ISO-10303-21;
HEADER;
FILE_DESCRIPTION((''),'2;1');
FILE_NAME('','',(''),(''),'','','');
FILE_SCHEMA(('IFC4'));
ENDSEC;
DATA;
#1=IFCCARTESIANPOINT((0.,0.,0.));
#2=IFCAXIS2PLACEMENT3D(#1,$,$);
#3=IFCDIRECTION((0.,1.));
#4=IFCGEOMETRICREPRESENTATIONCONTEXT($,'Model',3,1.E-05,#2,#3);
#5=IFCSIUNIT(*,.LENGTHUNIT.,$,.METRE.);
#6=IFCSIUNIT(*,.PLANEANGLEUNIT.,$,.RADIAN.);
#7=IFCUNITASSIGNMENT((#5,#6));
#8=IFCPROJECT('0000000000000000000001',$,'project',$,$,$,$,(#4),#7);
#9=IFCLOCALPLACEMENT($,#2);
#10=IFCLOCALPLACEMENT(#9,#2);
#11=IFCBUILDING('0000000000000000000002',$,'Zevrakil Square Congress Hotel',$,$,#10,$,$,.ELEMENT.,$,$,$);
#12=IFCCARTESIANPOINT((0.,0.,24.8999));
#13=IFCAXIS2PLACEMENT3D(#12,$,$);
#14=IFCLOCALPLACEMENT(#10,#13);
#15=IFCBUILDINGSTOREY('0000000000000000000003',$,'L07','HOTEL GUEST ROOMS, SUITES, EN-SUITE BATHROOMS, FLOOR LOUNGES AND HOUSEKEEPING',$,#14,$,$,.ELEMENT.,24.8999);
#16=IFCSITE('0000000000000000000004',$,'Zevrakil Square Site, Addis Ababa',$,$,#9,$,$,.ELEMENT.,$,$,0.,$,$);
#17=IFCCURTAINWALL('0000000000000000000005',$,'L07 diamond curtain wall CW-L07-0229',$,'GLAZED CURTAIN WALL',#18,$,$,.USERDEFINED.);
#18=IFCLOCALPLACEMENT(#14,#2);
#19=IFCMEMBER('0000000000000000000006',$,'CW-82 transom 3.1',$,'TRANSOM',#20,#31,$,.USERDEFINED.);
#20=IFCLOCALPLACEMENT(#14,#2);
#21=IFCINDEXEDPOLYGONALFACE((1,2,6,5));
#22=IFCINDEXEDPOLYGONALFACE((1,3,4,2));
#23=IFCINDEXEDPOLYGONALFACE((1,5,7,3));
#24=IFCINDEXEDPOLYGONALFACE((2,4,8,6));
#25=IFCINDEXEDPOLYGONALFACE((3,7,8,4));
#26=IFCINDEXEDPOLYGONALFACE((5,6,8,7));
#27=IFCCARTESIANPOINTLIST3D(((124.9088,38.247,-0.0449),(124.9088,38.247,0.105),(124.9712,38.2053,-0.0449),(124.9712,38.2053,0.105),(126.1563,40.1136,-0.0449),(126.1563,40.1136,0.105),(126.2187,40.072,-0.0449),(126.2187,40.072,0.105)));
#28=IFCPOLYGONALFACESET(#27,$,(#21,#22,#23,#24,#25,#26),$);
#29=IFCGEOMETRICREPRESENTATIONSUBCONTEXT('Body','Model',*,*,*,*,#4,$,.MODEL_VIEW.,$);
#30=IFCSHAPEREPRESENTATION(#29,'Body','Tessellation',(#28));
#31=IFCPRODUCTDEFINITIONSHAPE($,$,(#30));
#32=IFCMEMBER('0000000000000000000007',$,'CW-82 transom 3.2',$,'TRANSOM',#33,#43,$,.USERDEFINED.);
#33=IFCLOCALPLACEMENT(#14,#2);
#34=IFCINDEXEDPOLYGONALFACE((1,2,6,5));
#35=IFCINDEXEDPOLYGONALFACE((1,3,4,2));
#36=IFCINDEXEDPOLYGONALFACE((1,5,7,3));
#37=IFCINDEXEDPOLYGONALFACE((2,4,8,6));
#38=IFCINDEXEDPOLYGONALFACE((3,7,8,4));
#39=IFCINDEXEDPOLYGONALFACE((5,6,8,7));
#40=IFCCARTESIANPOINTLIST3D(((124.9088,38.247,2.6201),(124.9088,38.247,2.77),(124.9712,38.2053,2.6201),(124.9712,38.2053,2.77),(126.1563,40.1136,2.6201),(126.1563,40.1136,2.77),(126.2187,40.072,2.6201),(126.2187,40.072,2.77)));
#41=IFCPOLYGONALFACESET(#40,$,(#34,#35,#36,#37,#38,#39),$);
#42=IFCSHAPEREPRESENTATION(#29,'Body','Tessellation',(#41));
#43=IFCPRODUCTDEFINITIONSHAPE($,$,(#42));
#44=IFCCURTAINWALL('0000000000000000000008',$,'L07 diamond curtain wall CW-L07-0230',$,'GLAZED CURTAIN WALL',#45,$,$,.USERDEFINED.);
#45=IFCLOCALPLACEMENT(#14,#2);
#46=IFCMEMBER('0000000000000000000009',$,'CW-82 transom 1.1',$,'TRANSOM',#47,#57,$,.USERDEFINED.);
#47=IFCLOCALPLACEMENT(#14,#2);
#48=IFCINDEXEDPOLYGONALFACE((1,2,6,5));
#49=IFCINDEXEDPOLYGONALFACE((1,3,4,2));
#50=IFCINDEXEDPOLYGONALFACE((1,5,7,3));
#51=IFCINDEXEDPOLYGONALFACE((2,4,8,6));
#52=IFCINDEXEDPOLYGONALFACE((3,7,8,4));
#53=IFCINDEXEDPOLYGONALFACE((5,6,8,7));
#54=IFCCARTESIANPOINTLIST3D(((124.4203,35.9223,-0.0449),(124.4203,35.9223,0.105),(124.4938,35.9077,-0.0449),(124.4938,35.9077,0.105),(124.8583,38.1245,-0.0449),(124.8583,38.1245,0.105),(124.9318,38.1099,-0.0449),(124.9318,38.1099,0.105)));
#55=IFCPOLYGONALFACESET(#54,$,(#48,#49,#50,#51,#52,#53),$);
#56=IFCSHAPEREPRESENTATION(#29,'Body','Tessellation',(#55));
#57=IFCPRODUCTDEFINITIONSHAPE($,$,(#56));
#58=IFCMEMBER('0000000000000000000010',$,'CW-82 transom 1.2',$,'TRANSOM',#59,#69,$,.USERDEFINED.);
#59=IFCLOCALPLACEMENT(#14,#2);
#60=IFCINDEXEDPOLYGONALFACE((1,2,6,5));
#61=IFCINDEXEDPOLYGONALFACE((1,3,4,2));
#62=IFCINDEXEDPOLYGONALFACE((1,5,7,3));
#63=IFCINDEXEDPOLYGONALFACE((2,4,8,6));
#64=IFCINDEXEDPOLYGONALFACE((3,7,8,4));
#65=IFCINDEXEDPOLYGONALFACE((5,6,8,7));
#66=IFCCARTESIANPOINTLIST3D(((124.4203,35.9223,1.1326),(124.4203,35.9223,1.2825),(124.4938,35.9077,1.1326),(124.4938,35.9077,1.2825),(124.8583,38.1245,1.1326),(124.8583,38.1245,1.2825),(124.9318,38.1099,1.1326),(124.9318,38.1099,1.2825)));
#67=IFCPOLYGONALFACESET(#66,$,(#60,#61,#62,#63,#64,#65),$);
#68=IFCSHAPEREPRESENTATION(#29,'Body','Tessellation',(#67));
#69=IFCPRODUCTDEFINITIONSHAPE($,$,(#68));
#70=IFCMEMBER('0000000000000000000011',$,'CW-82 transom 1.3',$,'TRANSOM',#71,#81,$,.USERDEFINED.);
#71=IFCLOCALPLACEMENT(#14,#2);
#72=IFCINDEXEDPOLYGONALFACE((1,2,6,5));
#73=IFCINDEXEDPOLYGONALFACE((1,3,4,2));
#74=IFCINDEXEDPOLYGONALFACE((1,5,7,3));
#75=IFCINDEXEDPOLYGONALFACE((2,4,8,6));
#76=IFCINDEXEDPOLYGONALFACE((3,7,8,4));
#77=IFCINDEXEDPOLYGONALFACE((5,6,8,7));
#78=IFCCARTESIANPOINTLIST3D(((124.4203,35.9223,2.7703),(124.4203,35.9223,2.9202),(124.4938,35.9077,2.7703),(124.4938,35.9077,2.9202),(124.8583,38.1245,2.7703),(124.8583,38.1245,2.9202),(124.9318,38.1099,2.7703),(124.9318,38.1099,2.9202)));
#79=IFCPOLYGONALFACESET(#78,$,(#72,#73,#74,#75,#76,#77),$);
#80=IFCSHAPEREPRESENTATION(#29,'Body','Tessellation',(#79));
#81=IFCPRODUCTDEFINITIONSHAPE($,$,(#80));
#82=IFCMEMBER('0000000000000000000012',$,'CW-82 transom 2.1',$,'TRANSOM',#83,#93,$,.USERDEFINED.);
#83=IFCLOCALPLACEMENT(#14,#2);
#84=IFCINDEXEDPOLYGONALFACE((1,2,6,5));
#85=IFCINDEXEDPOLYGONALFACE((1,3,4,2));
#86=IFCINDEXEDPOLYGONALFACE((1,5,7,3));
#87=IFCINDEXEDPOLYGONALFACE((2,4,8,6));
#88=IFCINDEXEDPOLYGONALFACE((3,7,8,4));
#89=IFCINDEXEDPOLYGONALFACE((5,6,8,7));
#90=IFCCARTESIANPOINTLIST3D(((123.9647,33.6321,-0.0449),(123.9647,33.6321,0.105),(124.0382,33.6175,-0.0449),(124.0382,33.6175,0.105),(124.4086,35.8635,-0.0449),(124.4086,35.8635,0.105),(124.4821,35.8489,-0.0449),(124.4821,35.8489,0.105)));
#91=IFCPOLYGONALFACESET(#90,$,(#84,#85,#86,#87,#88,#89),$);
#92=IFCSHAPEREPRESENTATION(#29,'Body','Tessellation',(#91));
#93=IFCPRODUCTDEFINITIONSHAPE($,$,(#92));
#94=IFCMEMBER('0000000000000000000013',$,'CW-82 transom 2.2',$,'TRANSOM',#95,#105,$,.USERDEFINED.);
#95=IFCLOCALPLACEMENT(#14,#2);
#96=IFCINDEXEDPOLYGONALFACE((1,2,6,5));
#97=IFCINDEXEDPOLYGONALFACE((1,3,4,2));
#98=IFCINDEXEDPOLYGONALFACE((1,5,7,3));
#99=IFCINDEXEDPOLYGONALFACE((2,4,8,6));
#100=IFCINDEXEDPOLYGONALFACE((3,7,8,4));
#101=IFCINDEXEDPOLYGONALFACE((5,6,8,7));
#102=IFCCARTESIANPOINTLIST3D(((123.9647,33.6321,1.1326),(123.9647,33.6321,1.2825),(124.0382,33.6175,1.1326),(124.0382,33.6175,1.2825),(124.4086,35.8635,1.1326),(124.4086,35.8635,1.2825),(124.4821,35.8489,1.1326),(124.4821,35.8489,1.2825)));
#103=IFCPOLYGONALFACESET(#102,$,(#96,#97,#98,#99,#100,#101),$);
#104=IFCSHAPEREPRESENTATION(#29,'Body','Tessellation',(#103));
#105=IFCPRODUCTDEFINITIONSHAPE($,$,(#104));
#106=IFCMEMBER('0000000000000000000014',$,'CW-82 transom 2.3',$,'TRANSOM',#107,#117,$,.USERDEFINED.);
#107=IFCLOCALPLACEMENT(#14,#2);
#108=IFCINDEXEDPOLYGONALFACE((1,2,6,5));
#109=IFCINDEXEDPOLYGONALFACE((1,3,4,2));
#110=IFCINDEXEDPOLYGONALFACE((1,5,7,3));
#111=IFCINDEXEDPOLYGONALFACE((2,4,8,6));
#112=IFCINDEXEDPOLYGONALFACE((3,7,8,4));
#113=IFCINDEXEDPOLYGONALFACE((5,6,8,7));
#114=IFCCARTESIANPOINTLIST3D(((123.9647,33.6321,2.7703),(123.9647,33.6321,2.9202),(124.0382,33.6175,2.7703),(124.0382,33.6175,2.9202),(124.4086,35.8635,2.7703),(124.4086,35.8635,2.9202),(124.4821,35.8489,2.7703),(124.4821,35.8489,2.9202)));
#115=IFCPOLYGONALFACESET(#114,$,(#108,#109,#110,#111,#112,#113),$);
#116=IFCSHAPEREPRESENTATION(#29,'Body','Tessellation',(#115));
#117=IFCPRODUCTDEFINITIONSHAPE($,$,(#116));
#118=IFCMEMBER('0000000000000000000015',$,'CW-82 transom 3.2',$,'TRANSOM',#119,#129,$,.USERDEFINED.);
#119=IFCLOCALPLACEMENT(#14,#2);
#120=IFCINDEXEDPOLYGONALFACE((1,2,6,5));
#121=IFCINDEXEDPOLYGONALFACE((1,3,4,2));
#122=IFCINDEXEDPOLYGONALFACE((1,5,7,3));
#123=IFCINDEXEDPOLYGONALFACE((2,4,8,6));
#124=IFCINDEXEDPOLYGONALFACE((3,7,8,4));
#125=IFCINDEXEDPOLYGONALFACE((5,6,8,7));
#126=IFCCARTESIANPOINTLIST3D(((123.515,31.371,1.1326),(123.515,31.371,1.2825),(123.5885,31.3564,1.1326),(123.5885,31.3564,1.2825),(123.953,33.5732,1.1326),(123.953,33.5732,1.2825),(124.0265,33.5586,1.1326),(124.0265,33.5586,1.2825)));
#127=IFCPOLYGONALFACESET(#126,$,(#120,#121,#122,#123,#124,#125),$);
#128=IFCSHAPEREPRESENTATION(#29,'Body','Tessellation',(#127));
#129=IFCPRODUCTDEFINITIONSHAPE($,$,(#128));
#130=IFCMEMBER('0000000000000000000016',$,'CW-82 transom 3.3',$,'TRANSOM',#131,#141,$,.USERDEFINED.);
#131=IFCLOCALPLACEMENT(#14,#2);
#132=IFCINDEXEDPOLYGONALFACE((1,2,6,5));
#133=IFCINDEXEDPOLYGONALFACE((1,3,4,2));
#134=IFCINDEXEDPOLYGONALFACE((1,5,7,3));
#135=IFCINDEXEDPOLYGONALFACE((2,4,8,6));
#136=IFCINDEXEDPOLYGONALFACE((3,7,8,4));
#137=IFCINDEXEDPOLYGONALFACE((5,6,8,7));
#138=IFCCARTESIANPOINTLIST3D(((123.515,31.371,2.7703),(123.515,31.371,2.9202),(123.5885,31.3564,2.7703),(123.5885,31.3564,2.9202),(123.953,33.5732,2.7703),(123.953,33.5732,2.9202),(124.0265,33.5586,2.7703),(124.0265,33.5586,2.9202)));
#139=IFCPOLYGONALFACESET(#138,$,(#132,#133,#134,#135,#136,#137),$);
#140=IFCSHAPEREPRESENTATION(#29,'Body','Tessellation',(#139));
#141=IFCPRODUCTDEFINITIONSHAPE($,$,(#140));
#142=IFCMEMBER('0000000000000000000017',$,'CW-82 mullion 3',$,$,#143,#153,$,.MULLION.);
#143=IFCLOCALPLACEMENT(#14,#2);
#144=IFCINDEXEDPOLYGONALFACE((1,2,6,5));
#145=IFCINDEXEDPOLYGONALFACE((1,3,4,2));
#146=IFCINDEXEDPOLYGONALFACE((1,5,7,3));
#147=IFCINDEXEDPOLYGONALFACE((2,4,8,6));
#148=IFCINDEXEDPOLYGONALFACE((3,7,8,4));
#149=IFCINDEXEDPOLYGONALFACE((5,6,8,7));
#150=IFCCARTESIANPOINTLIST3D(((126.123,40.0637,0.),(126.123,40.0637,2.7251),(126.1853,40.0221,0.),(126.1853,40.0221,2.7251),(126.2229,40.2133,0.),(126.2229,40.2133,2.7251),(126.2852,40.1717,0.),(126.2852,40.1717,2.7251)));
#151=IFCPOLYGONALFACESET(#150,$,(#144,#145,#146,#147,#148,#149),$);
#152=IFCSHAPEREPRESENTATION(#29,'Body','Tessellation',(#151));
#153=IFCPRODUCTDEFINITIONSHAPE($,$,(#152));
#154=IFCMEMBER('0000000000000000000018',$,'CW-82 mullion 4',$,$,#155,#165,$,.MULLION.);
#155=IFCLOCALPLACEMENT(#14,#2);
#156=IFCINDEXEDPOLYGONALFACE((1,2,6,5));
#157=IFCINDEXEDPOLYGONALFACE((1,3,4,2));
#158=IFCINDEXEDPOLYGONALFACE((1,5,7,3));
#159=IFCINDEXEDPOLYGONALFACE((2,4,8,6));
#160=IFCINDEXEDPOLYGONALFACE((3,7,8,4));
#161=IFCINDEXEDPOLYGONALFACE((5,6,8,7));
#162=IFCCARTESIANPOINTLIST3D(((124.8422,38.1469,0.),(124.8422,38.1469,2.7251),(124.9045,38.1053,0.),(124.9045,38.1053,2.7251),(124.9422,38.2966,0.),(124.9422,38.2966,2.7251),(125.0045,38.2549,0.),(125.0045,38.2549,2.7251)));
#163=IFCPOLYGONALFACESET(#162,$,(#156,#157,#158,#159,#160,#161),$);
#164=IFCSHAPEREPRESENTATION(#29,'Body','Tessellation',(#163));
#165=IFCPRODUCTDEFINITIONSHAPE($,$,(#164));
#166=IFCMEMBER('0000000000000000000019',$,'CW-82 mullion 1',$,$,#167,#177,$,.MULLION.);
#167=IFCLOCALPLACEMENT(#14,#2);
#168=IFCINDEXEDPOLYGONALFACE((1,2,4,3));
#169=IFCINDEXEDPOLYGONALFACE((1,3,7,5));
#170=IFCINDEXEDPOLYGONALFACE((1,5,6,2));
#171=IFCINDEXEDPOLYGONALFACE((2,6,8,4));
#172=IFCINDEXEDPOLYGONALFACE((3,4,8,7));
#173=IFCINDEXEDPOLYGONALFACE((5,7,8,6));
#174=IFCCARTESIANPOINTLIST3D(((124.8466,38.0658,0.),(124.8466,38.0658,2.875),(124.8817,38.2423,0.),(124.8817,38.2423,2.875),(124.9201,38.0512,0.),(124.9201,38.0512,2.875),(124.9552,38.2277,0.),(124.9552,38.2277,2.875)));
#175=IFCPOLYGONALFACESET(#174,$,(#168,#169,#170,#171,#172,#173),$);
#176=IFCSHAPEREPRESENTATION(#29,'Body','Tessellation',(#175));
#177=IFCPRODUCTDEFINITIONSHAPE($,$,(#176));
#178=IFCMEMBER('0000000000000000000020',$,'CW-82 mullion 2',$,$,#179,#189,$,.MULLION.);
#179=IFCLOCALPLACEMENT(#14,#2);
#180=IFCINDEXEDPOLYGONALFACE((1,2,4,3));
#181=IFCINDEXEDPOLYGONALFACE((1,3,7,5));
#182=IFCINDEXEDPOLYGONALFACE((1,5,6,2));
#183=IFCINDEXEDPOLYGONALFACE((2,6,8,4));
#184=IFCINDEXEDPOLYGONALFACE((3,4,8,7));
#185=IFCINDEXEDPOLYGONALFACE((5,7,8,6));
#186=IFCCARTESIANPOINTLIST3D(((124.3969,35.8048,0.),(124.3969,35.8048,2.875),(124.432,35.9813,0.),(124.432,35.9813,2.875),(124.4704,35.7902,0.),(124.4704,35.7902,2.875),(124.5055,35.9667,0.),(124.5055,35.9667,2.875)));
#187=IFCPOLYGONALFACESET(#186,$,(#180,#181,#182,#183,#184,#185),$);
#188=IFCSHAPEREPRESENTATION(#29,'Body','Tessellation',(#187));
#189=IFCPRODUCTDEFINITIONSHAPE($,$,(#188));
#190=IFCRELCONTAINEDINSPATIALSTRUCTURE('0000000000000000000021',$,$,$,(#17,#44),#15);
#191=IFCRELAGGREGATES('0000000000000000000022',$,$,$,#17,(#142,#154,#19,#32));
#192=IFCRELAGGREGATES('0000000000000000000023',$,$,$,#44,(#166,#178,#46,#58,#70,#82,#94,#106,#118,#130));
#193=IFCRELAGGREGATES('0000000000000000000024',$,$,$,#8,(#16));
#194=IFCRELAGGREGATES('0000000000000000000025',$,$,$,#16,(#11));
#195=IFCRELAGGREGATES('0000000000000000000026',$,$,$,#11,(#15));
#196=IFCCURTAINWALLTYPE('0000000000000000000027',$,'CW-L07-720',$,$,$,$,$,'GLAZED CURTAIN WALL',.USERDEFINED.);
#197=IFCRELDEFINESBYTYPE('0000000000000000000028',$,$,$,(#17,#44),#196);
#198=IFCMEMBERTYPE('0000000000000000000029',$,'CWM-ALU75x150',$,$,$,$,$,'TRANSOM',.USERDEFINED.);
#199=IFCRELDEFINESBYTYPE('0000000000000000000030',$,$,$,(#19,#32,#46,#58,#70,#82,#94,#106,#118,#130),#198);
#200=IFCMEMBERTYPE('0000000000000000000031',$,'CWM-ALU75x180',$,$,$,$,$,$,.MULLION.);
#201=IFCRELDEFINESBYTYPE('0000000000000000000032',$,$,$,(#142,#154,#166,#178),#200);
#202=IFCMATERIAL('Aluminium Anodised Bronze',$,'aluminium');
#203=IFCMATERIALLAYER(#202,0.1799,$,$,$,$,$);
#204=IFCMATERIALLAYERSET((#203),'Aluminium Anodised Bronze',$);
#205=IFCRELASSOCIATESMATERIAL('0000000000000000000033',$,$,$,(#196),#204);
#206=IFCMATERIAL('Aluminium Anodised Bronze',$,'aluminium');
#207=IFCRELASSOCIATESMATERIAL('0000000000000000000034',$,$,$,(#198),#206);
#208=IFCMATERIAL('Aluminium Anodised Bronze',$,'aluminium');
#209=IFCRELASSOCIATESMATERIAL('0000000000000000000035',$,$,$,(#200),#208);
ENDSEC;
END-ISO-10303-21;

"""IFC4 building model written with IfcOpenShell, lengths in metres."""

from ifc_helpers import new_model, si_unit, direction, frame, origin, origin_2d, place, context, subcontext, project, spatial, rectangle, extrude, material, layer, layer_set, material_profile, profile_set, type_object, element, aggregate, save


model = new_model("IFC4")

# Units and contexts
model_context = context("Model", 3, precision=1e-05, world=origin(), true_north=direction((0.0, 1.0)))
body_context = subcontext(model_context, "Body", "Model", "MODEL_VIEW")
ifc_project = project(units=[si_unit("LENGTHUNIT", "METRE"), si_unit("PLANEANGLEUNIT", "RADIAN")], contexts=[model_context])

# Site, building, storey
site_placement = place(None, origin())
site = spatial("IfcSite", under=ifc_project, at=site_placement, Name="Zevrakil Square Site, Addis Ababa", CompositionType="ELEMENT", RefElevation=0.0)
building_placement = place(site_placement, origin())
building = spatial("IfcBuilding", under=site, at=building_placement, Name="Zevrakil Square Congress Hotel", CompositionType="ELEMENT")
storey_placement = place(building_placement, frame((0.0, 0.0, 24.8999)))
storey = spatial("IfcBuildingStorey", under=building, at=storey_placement, Name="L07", Description="HOTEL GUEST ROOMS, SUITES, EN-SUITE BATHROOMS, FLOOR LOUNGES AND HOUSEKEEPING", CompositionType="ELEMENT", Elevation=24.8999)

# Curtain walls, members
ifc_material_1 = material(Name="Aluminium Anodised Bronze", Category="aluminium")
ifc_layer_1 = layer(ifc_material_1, 0.1799)
ifc_layer_set_1 = layer_set([ifc_layer_1], Name="Aluminium Anodised Bronze")
curtain_wall_type = type_object("IfcCurtainWallType", Name="CW-L07-720", ElementType="GLAZED CURTAIN WALL", PredefinedType="USERDEFINED", material=ifc_layer_set_1)
curtain_wall_1_placement = place(storey_placement, origin())
curtain_wall_1 = element("IfcCurtainWall", 1, at=curtain_wall_1_placement, inside=storey, type_object=curtain_wall_type, Name="L07 diamond curtain wall CW-L07-0229", ObjectType="GLAZED CURTAIN WALL", PredefinedType="USERDEFINED")
ifc_material_2 = material(Name="Aluminium Anodised Bronze", Category="aluminium")
ifc_material_profile_1 = material_profile(ifc_material_2, rectangle(XDim=0.075, YDim=0.1499, at=origin_2d()), Name="ALU 75x150")
ifc_profile_set_1 = profile_set([ifc_material_profile_1], Name="Aluminium Anodised Bronze")
member_type_1 = type_object("IfcMemberType", Name="CWM-ALU75x150", ElementType="TRANSOM", PredefinedType="USERDEFINED", material=ifc_profile_set_1)
member_1_placement = place(storey_placement, frame((126.1875, 40.0928, 0.03), z_axis=(-0.555653, -0.831414, 0.0), x_axis=(0.831414, -0.555653, 0.0)))
member_1 = element("IfcMember", 2, at=member_1_placement, type_object=member_type_1, Name="CW-82 transom 3.1", ObjectType="TRANSOM", PredefinedType="USERDEFINED", context=body_context, shape_type="SweptSolid", body=[
    extrude(rectangle(XDim=0.075, YDim=0.1499, at=origin_2d()), origin(), (0.0, 0.0, 1.0), 2.2451),
])
member_2_placement = place(storey_placement, frame((126.1875, 40.0928, 2.6951), z_axis=(-0.555653, -0.831414, 0.0), x_axis=(0.831414, -0.555653, 0.0)))
member_2 = element("IfcMember", 3, at=member_2_placement, type_object=member_type_1, Name="CW-82 transom 3.2", ObjectType="TRANSOM", PredefinedType="USERDEFINED", context=body_context, shape_type="SweptSolid", body=[
    extrude(rectangle(XDim=0.075, YDim=0.1499, at=origin_2d()), origin(), (0.0, 0.0, 1.0), 2.2451),
])
curtain_wall_2_placement = place(storey_placement, origin())
curtain_wall_2 = element("IfcCurtainWall", 4, at=curtain_wall_2_placement, inside=storey, type_object=curtain_wall_type, Name="L07 diamond curtain wall CW-L07-0230", ObjectType="GLAZED CURTAIN WALL", PredefinedType="USERDEFINED")
member_3_placement = place(storey_placement, frame((124.895, 38.1172, 0.03), z_axis=(-0.19507, -0.980789, 0.0), x_axis=(0.980789, -0.19507, 0.0)))
member_3 = element("IfcMember", 5, at=member_3_placement, type_object=member_type_1, Name="CW-82 transom 1.1", ObjectType="TRANSOM", PredefinedType="USERDEFINED", context=body_context, shape_type="SweptSolid", body=[
    extrude(rectangle(XDim=0.075, YDim=0.1499, at=origin_2d()), origin(), (0.0, 0.0, 1.0), 2.2454),
])
member_4_placement = place(storey_placement, frame((124.895, 38.1172, 1.2075), z_axis=(-0.19507, -0.980789, 0.0), x_axis=(0.980789, -0.19507, 0.0)))
member_4 = element("IfcMember", 6, at=member_4_placement, type_object=member_type_1, Name="CW-82 transom 1.2", ObjectType="TRANSOM", PredefinedType="USERDEFINED", context=body_context, shape_type="SweptSolid", body=[
    extrude(rectangle(XDim=0.075, YDim=0.1499, at=origin_2d()), origin(), (0.0, 0.0, 1.0), 2.2454),
])
member_5_placement = place(storey_placement, frame((124.895, 38.1172, 2.8452), z_axis=(-0.19507, -0.980789, 0.0), x_axis=(0.980789, -0.19507, 0.0)))
member_5 = element("IfcMember", 7, at=member_5_placement, type_object=member_type_1, Name="CW-82 transom 1.3", ObjectType="TRANSOM", PredefinedType="USERDEFINED", context=body_context, shape_type="SweptSolid", body=[
    extrude(rectangle(XDim=0.075, YDim=0.1499, at=origin_2d()), origin(), (0.0, 0.0, 1.0), 2.2454),
])
member_6_placement = place(storey_placement, frame((124.4453, 35.8562, 0.03), z_axis=(-0.195084, -0.980786, 0.0), x_axis=(0.980786, -0.195084, 0.0)))
member_6 = element("IfcMember", 8, at=member_6_placement, type_object=member_type_1, Name="CW-82 transom 2.1", ObjectType="TRANSOM", PredefinedType="USERDEFINED", context=body_context, shape_type="SweptSolid", body=[
    extrude(rectangle(XDim=0.075, YDim=0.1499, at=origin_2d()), origin(), (0.0, 0.0, 1.0), 2.2751),
])
member_7_placement = place(storey_placement, frame((124.4453, 35.8562, 1.2075), z_axis=(-0.195084, -0.980786, 0.0), x_axis=(0.980786, -0.195084, 0.0)))
member_7 = element("IfcMember", 9, at=member_7_placement, type_object=member_type_1, Name="CW-82 transom 2.2", ObjectType="TRANSOM", PredefinedType="USERDEFINED", context=body_context, shape_type="SweptSolid", body=[
    extrude(rectangle(XDim=0.075, YDim=0.1499, at=origin_2d()), origin(), (0.0, 0.0, 1.0), 2.2751),
])
member_8_placement = place(storey_placement, frame((124.4453, 35.8562, 2.8452), z_axis=(-0.195084, -0.980786, 0.0), x_axis=(0.980786, -0.195084, 0.0)))
member_8 = element("IfcMember", 10, at=member_8_placement, type_object=member_type_1, Name="CW-82 transom 2.3", ObjectType="TRANSOM", PredefinedType="USERDEFINED", context=body_context, shape_type="SweptSolid", body=[
    extrude(rectangle(XDim=0.075, YDim=0.1499, at=origin_2d()), origin(), (0.0, 0.0, 1.0), 2.2751),
])
member_9_placement = place(storey_placement, frame((123.9897, 33.5659, 1.2075), z_axis=(-0.19507, -0.980789, 0.0), x_axis=(0.980789, -0.19507, 0.0)))
member_9 = element("IfcMember", 11, at=member_9_placement, type_object=member_type_1, Name="CW-82 transom 3.2", ObjectType="TRANSOM", PredefinedType="USERDEFINED", context=body_context, shape_type="SweptSolid", body=[
    extrude(rectangle(XDim=0.075, YDim=0.1499, at=origin_2d()), origin(), (0.0, 0.0, 1.0), 2.2454),
])
member_10_placement = place(storey_placement, frame((123.9897, 33.5659, 2.8452), z_axis=(-0.19507, -0.980789, 0.0), x_axis=(0.980789, -0.19507, 0.0)))
member_10 = element("IfcMember", 12, at=member_10_placement, type_object=member_type_1, Name="CW-82 transom 3.3", ObjectType="TRANSOM", PredefinedType="USERDEFINED", context=body_context, shape_type="SweptSolid", body=[
    extrude(rectangle(XDim=0.075, YDim=0.1499, at=origin_2d()), origin(), (0.0, 0.0, 1.0), 2.2454),
])

# Members
ifc_material_3 = material(Name="Aluminium Anodised Bronze", Category="aluminium")
ifc_material_profile_2 = material_profile(ifc_material_3, rectangle(XDim=0.075, YDim=0.1799, at=origin_2d()), Name="ALU 75x180")
ifc_profile_set_2 = profile_set([ifc_material_profile_2], Name="Aluminium Anodised Bronze")
member_type_2 = type_object("IfcMemberType", Name="CWM-ALU75x180", PredefinedType="MULLION", material=ifc_profile_set_2)
member_11_placement = place(storey_placement, frame((126.2041, 40.1177, 0.0), z_axis=(0.0, 0.0, 1.0), x_axis=(0.831466, -0.555576, 0.0)))
member_11 = element("IfcMember", 13, at=member_11_placement, type_object=member_type_2, Name="CW-82 mullion 3", PredefinedType="MULLION", context=body_context, shape_type="SweptSolid", body=[
    extrude(rectangle(XDim=0.075, YDim=0.1799, at=origin_2d()), origin(), (0.0, 0.0, 1.0), 2.7251),
])
member_12_placement = place(storey_placement, frame((124.9233, 38.2009, 0.0), z_axis=(0.0, 0.0, 1.0), x_axis=(0.831466, -0.555576, 0.0)))
member_12 = element("IfcMember", 14, at=member_12_placement, type_object=member_type_2, Name="CW-82 mullion 4", PredefinedType="MULLION", context=body_context, shape_type="SweptSolid", body=[
    extrude(rectangle(XDim=0.075, YDim=0.1799, at=origin_2d()), origin(), (0.0, 0.0, 1.0), 2.7251),
])
member_13_placement = place(storey_placement, frame((124.9009, 38.1467, 0.0), z_axis=(0.0, 0.0, 1.0), x_axis=(0.980787, -0.195084, 0.0)))
member_13 = element("IfcMember", 15, at=member_13_placement, type_object=member_type_2, Name="CW-82 mullion 1", PredefinedType="MULLION", context=body_context, shape_type="SweptSolid", body=[
    extrude(rectangle(XDim=0.075, YDim=0.1799, at=origin_2d()), origin(), (0.0, 0.0, 1.0), 2.875),
])
member_14_placement = place(storey_placement, frame((124.4512, 35.8857, 0.0), z_axis=(0.0, 0.0, 1.0), x_axis=(0.980787, -0.195084, 0.0)))
member_14 = element("IfcMember", 16, at=member_14_placement, type_object=member_type_2, Name="CW-82 mullion 2", PredefinedType="MULLION", context=body_context, shape_type="SweptSolid", body=[
    extrude(rectangle(XDim=0.075, YDim=0.1799, at=origin_2d()), origin(), (0.0, 0.0, 1.0), 2.875),
])

aggregate(curtain_wall_1, [member_11, member_12, member_1, member_2])
aggregate(curtain_wall_2, [member_13, member_14, member_3, member_4, member_5, member_6, member_7, member_8, member_9, member_10])

save(model, "model.ifc")
